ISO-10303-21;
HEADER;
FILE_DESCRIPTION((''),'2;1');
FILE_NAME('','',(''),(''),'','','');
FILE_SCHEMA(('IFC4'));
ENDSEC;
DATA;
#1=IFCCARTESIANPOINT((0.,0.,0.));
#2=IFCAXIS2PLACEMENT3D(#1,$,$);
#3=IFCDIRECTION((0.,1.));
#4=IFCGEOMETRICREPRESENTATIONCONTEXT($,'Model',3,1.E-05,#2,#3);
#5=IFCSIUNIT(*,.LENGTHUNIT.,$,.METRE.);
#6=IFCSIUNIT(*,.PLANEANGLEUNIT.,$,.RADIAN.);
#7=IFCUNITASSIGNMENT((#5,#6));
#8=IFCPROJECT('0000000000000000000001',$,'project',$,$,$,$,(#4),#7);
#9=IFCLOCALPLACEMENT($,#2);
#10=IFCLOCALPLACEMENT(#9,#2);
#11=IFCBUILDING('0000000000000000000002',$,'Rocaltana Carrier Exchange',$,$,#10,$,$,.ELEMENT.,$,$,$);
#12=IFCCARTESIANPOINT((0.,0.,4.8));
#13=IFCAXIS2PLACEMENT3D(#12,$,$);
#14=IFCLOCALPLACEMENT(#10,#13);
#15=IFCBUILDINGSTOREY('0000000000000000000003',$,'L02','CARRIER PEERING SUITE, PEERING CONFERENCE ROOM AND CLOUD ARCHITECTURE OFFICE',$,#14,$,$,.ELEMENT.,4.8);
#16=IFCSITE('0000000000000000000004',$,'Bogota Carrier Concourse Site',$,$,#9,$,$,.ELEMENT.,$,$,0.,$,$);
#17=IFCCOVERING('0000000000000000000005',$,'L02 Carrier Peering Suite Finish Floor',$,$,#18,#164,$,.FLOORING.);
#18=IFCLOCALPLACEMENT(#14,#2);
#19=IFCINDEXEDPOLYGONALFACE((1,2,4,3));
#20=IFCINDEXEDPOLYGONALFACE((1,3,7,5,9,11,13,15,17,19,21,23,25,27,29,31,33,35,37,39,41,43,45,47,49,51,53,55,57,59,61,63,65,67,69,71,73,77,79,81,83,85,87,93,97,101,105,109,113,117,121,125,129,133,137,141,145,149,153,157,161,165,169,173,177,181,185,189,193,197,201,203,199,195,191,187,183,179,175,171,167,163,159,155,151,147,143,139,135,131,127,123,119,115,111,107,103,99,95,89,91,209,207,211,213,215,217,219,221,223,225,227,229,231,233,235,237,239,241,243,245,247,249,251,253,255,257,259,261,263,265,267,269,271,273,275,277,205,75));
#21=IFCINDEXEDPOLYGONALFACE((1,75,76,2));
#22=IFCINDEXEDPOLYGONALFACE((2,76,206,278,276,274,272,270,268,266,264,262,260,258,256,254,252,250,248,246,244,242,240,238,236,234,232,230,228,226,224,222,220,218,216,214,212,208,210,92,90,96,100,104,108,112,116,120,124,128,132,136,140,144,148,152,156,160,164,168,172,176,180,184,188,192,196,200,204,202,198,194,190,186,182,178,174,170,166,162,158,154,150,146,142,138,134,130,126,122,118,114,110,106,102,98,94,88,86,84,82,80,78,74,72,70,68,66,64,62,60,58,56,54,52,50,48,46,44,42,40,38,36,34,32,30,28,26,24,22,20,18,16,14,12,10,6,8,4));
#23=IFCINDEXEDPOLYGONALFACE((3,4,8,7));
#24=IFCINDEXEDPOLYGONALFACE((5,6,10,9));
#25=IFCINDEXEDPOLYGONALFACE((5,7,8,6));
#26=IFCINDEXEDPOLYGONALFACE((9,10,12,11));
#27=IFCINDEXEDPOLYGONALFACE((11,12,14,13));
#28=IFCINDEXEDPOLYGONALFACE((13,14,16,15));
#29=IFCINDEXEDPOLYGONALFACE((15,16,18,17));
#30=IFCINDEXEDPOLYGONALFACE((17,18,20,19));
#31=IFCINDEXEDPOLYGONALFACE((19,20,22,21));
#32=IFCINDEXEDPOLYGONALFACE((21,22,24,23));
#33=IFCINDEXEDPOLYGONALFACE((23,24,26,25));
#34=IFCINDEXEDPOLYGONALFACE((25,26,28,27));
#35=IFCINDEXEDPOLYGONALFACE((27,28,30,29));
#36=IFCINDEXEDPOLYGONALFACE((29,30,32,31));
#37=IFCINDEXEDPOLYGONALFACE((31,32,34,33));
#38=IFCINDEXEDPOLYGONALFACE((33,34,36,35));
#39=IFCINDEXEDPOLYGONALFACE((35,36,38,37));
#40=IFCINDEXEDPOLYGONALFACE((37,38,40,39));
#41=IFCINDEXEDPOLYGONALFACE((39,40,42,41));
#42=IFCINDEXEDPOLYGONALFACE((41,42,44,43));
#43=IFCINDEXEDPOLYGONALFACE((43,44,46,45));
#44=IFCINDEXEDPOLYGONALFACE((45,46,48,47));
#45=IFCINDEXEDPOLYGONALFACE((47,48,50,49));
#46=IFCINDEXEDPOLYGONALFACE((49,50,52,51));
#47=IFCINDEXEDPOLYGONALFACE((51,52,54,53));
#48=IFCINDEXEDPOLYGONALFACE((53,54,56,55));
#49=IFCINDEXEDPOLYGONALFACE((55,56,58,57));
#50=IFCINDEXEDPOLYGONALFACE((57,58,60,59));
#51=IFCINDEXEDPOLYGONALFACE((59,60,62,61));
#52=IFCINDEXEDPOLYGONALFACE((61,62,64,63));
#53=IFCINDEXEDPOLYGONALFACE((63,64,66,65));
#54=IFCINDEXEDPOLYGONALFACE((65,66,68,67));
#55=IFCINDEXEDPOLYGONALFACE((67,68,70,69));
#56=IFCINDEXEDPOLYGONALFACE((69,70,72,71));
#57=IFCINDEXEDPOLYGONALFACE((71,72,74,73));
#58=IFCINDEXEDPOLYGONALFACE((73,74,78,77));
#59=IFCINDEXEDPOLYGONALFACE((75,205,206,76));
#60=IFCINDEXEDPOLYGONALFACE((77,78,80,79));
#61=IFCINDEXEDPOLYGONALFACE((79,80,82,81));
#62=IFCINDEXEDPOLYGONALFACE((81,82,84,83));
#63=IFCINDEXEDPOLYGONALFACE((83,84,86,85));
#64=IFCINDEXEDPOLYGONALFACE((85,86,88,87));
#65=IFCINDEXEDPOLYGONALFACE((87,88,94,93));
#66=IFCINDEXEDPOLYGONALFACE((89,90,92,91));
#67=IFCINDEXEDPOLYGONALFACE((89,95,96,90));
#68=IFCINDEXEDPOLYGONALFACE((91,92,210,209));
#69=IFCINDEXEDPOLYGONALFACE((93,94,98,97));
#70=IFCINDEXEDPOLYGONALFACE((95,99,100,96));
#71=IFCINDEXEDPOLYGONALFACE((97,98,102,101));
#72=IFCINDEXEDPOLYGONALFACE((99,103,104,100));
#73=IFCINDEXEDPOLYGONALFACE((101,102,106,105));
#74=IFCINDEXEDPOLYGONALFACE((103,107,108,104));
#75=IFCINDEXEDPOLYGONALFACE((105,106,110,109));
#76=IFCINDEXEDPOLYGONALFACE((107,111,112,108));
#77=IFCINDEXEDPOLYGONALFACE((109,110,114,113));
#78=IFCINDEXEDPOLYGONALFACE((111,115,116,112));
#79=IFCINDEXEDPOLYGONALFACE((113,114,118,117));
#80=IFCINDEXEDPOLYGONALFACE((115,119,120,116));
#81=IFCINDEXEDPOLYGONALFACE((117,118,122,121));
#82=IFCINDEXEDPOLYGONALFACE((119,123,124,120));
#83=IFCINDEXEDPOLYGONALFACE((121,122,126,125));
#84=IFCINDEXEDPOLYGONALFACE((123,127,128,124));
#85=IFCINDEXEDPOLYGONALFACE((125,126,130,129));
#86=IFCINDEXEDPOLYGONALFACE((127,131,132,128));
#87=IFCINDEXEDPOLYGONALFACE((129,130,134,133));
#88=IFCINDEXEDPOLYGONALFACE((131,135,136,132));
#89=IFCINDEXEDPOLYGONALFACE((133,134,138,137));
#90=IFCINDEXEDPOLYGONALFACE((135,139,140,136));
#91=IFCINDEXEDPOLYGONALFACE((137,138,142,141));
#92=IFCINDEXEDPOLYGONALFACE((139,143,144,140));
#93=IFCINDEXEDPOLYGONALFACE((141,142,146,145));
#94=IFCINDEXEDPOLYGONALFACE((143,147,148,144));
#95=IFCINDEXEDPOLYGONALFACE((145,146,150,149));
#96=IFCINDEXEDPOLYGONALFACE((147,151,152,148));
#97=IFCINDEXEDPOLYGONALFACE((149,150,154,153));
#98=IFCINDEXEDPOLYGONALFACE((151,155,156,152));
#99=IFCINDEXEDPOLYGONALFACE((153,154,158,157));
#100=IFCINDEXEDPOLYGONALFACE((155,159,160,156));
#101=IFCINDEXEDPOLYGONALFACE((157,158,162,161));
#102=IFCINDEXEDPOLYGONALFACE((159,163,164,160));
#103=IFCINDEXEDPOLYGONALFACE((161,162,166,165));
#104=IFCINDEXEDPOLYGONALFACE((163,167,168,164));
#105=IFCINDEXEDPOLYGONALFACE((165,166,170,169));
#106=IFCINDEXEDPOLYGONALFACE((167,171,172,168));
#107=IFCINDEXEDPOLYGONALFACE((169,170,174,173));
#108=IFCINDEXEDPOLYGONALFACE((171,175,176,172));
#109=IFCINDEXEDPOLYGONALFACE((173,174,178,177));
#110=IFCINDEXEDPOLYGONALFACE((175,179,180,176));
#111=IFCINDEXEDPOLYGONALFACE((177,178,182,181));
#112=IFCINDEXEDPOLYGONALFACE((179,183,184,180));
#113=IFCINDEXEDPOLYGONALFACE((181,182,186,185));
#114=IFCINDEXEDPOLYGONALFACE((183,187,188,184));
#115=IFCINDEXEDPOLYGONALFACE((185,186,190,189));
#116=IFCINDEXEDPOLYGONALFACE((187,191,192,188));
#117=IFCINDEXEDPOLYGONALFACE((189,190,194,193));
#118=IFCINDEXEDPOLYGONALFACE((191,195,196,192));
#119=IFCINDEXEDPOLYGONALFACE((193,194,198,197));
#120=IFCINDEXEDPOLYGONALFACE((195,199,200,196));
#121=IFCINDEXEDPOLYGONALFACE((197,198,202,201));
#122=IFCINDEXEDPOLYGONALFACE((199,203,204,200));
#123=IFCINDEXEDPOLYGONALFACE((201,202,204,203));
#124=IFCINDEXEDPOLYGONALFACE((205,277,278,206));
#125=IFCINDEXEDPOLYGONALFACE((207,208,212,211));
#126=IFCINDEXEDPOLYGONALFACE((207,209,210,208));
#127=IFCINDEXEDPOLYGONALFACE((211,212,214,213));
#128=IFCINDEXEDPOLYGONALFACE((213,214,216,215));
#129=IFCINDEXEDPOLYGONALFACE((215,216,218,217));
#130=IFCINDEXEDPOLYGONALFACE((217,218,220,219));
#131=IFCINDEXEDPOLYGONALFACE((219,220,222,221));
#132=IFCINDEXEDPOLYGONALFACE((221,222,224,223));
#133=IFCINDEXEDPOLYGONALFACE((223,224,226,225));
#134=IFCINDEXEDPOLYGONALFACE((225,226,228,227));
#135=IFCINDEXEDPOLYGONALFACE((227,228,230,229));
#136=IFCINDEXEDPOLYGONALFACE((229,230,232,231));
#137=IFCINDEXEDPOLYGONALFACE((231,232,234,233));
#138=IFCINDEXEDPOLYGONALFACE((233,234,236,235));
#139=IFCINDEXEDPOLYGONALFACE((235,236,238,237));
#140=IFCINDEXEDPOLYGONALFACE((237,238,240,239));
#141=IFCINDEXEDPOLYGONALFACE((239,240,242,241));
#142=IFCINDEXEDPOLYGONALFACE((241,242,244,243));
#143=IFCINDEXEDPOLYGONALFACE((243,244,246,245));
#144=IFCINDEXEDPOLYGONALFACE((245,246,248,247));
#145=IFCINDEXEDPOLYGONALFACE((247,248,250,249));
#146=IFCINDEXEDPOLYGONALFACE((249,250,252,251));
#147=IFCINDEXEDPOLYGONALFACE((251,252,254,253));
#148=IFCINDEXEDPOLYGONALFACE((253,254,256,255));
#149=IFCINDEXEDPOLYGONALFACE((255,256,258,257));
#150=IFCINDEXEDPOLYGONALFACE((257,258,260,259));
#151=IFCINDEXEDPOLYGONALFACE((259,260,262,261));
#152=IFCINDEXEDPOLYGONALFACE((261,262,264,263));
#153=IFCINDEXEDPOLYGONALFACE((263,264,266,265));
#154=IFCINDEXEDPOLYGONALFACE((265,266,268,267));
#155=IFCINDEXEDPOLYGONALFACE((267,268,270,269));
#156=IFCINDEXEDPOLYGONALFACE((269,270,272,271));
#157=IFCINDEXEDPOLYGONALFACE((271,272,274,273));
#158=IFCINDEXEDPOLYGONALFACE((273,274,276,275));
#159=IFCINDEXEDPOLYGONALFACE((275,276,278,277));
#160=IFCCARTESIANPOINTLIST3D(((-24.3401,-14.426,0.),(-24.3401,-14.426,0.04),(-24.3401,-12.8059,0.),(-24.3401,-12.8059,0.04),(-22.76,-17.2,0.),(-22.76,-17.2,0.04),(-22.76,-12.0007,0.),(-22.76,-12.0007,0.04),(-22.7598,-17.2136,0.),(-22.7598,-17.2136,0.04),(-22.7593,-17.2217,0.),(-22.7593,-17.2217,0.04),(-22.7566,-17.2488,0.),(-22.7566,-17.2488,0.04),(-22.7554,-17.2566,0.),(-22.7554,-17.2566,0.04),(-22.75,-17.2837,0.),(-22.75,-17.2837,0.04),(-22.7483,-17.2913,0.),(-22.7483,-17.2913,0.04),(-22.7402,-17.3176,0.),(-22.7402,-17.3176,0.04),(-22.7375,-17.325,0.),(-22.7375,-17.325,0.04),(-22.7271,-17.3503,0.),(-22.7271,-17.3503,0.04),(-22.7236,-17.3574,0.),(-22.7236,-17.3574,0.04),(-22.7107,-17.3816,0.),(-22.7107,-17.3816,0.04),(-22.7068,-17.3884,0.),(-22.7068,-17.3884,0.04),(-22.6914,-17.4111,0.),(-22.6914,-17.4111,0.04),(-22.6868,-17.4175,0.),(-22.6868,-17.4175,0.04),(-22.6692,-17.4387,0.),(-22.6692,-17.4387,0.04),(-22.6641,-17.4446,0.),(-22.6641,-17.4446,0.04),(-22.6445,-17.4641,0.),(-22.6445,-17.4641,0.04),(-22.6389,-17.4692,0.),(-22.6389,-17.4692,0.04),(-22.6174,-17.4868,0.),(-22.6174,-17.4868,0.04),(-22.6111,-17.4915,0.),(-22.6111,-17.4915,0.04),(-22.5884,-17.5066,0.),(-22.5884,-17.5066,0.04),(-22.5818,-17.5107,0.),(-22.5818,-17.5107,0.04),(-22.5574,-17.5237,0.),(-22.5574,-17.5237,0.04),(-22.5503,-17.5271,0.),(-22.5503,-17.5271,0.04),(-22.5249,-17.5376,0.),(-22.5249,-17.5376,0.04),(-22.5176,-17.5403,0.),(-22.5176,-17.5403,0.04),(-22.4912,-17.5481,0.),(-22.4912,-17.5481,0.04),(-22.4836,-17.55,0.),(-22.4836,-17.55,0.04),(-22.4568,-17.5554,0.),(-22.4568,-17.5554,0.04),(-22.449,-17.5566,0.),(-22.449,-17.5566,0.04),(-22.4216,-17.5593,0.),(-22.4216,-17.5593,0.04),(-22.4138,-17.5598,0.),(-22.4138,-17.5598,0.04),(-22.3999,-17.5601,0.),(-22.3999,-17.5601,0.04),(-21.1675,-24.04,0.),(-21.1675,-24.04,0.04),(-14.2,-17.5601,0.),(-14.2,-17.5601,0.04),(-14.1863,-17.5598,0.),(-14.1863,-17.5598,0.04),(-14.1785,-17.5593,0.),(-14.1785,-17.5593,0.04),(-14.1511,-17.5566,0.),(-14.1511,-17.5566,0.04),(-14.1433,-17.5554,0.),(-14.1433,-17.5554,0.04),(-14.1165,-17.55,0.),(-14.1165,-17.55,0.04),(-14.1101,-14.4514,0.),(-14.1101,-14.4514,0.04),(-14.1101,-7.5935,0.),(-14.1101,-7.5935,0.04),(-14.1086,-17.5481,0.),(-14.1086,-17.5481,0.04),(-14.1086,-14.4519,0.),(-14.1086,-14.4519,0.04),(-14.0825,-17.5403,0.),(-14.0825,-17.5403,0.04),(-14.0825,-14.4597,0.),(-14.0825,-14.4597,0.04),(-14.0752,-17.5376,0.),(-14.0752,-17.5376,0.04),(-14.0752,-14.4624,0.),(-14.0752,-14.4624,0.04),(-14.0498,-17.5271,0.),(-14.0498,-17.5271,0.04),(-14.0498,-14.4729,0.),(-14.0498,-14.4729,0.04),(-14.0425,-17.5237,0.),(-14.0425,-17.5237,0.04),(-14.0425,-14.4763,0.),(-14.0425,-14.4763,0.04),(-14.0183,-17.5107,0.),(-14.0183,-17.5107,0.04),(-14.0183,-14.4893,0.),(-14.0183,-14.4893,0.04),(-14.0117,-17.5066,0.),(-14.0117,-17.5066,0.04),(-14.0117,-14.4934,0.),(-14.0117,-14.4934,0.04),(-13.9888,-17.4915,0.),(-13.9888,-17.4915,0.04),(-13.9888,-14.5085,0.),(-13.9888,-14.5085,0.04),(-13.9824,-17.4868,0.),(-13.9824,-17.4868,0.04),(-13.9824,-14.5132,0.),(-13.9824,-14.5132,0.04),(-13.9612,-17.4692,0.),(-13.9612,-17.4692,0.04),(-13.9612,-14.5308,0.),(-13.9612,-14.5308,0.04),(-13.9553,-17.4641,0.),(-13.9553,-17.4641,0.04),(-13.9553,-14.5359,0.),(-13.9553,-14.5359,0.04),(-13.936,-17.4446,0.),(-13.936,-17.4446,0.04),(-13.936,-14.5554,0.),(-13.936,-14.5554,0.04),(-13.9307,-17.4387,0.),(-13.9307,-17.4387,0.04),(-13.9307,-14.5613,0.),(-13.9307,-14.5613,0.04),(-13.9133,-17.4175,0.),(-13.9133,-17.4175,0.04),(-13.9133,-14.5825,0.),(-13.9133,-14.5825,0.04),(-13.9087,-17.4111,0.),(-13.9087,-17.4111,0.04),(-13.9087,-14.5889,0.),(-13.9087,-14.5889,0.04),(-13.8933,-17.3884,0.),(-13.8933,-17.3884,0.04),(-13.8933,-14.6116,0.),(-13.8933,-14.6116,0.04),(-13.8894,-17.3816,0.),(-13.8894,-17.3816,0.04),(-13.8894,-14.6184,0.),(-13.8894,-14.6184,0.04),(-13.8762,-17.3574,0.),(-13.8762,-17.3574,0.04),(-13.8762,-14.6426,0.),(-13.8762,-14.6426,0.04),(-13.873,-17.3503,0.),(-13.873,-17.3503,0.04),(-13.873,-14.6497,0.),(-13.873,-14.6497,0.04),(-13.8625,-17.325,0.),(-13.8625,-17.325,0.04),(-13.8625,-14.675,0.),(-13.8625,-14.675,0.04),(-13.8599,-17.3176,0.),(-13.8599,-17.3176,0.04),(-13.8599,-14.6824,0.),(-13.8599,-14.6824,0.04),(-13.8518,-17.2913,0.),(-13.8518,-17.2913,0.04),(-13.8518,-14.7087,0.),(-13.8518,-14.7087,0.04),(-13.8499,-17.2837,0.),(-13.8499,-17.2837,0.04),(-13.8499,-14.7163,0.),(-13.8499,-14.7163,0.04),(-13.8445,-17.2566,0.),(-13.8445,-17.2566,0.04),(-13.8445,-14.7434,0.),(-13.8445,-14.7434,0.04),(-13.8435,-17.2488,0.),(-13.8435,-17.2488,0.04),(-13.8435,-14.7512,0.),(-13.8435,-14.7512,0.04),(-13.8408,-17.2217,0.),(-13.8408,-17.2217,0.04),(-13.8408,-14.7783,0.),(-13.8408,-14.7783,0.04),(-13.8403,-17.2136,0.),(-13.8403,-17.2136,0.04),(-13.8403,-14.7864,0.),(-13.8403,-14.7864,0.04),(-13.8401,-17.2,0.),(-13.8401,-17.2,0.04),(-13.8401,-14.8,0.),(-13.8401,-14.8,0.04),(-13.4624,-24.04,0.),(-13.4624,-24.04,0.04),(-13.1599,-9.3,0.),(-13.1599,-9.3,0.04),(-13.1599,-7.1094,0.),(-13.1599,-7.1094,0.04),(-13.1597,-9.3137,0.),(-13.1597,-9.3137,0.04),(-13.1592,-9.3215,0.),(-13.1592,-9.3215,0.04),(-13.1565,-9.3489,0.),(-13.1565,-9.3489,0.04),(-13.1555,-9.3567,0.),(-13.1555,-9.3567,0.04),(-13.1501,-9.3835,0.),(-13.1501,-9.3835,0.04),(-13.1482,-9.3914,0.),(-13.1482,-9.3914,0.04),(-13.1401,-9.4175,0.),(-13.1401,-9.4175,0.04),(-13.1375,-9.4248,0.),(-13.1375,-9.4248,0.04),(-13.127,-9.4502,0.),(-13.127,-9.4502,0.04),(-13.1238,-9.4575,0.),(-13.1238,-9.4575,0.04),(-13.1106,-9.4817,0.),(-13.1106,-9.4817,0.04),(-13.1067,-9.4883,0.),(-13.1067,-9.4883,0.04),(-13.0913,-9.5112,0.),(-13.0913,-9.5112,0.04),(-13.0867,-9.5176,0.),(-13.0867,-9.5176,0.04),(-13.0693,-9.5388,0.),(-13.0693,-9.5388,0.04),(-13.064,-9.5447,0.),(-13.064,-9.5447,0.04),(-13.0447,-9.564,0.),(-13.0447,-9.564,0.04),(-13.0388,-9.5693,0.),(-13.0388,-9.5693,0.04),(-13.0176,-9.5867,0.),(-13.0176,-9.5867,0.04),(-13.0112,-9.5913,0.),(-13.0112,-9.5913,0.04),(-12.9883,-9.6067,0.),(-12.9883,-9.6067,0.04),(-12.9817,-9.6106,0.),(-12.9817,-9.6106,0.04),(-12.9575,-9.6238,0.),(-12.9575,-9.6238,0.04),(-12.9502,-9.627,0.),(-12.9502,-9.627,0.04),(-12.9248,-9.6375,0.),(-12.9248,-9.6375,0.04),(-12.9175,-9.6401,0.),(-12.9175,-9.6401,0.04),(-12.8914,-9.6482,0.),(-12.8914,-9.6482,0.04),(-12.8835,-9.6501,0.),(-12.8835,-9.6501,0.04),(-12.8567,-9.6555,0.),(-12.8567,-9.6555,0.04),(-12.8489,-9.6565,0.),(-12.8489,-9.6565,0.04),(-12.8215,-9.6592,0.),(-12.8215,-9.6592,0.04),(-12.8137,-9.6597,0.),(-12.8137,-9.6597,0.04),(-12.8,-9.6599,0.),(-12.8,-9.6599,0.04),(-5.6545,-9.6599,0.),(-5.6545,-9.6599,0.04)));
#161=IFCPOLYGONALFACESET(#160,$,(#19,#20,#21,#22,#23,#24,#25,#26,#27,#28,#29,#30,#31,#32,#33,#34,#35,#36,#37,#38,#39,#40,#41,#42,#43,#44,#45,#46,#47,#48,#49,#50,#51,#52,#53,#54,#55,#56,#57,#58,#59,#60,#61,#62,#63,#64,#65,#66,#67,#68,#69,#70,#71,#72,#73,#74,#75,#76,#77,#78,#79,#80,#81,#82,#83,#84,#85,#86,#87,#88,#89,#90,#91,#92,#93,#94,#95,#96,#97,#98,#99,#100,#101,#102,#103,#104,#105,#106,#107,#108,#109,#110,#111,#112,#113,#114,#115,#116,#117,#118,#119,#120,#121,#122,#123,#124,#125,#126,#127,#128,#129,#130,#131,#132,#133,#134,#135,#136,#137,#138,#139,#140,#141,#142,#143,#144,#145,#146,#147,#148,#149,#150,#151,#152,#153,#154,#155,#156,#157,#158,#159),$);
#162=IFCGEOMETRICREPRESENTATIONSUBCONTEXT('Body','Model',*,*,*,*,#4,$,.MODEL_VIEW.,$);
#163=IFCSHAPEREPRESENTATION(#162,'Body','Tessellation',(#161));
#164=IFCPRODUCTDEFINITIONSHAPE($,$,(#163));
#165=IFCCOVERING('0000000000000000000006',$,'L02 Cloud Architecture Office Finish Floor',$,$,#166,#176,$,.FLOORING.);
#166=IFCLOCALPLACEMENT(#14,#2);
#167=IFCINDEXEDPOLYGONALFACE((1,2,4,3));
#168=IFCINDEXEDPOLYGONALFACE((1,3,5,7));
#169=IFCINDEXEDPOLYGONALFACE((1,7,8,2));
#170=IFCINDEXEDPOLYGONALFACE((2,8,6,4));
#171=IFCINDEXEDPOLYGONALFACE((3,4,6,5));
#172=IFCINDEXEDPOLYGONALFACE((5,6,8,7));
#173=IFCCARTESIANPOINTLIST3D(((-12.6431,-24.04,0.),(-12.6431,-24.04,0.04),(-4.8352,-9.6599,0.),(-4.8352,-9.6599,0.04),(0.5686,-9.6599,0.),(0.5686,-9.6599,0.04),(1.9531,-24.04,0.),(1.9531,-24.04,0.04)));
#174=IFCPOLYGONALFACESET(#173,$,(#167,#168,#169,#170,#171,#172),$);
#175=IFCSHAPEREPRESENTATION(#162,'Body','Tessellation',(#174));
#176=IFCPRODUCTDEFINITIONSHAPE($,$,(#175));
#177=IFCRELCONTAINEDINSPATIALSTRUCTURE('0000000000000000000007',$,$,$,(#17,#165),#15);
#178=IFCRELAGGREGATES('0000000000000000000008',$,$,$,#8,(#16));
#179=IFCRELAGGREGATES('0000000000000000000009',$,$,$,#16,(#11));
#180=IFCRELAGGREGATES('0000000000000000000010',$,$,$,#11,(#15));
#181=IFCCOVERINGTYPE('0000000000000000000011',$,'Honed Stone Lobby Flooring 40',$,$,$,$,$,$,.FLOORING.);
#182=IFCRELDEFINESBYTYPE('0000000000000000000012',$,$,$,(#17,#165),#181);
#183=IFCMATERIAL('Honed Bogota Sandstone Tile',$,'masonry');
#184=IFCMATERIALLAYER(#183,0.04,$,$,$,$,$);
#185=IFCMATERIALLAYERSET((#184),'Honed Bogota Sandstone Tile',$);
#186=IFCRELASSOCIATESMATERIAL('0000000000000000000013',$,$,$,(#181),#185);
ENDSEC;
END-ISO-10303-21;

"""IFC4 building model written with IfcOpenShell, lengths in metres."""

from ifc_helpers import new_model, si_unit, direction, frame, origin, place, context, subcontext, project, spatial, polyline, outline, extrude, material, layer, layer_set, type_object, element, save


model = new_model("IFC4")

# Units and contexts
model_context = context("Model", 3, precision=1e-05, world=origin(), true_north=direction((0.0, 1.0)))
body_context = subcontext(model_context, "Body", "Model", "MODEL_VIEW")
ifc_project = project(units=[si_unit("LENGTHUNIT", "METRE"), si_unit("PLANEANGLEUNIT", "RADIAN")], contexts=[model_context])

# Site, building, storey
site_placement = place(None, origin())
site = spatial("IfcSite", under=ifc_project, at=site_placement, Name="Bogota Carrier Concourse Site", CompositionType="ELEMENT", RefElevation=0.0)
building_placement = place(site_placement, origin())
building = spatial("IfcBuilding", under=site, at=building_placement, Name="Rocaltana Carrier Exchange", CompositionType="ELEMENT")
storey_placement = place(building_placement, frame((0.0, 0.0, 4.8)))
storey = spatial("IfcBuildingStorey", under=building, at=storey_placement, Name="L02", Description="CARRIER PEERING SUITE, PEERING CONFERENCE ROOM AND CLOUD ARCHITECTURE OFFICE", CompositionType="ELEMENT", Elevation=4.8)

# Coverings
ifc_material_1 = material(Name="Honed Bogota Sandstone Tile", Category="masonry")
ifc_layer_1 = layer(ifc_material_1, 0.04)
ifc_layer_set_1 = layer_set([ifc_layer_1], Name="Honed Bogota Sandstone Tile")
covering_type_1 = type_object("IfcCoveringType", Name="Honed Stone Lobby Flooring 40", PredefinedType="FLOORING", material=ifc_layer_set_1)
covering_1_placement = place(storey_placement, origin())
element("IfcCovering", 1, at=covering_1_placement, inside=storey, type_object=covering_type_1, Name="L02 Carrier Peering Suite Finish Floor", PredefinedType="FLOORING", context=body_context, shape_type="SweptSolid", body=[
    extrude(outline(polyline([(-24.3401, -12.8059), (-22.76, -12.0007), (-22.76, -17.2), (-22.7598, -17.2136), (-22.7593, -17.2217), (-22.7566, -17.2488), (-22.7554, -17.2566), (-22.75, -17.2837), (-22.7483, -17.2913), (-22.7402, -17.3176), (-22.7375, -17.325), (-22.7271, -17.3503), (-22.7236, -17.3574), (-22.7107, -17.3816), (-22.7068, -17.3884), (-22.6914, -17.4111), (-22.6868, -17.4175), (-22.6692, -17.4387), (-22.6641, -17.4446), (-22.6445, -17.4641), (-22.6389, -17.4692), (-22.6174, -17.4868), (-22.6111, -17.4915), (-22.5884, -17.5066), (-22.5818, -17.5107), (-22.5574, -17.5237), (-22.5503, -17.5271), (-22.5249, -17.5376), (-22.5176, -17.5403), (-22.4912, -17.5481), (-22.4836, -17.55), (-22.4568, -17.5554), (-22.449, -17.5566), (-22.4216, -17.5593), (-22.4138, -17.5598), (-22.3999, -17.5601), (-14.2, -17.5601), (-14.1863, -17.5598), (-14.1785, -17.5593), (-14.1511, -17.5566), (-14.1433, -17.5554), (-14.1165, -17.55), (-14.1086, -17.5481), (-14.0825, -17.5403), (-14.0752, -17.5376), (-14.0498, -17.5271), (-14.0425, -17.5237), (-14.0183, -17.5107), (-14.0117, -17.5066), (-13.9888, -17.4915), (-13.9824, -17.4868), (-13.9612, -17.4692), (-13.9553, -17.4641), (-13.936, -17.4446), (-13.9307, -17.4387), (-13.9133, -17.4175), (-13.9087, -17.4111), (-13.8933, -17.3884), (-13.8894, -17.3816), (-13.8762, -17.3574), (-13.873, -17.3503), (-13.8625, -17.325), (-13.8599, -17.3176), (-13.8518, -17.2913), (-13.8499, -17.2837), (-13.8445, -17.2566), (-13.8435, -17.2488), (-13.8408, -17.2217), (-13.8403, -17.2136), (-13.8401, -17.2), (-13.8401, -14.8), (-13.8403, -14.7864), (-13.8408, -14.7783), (-13.8435, -14.7512), (-13.8445, -14.7434), (-13.8499, -14.7163), (-13.8518, -14.7087), (-13.8599, -14.6824), (-13.8625, -14.675), (-13.873, -14.6497), (-13.8762, -14.6426), (-13.8894, -14.6184), (-13.8933, -14.6116), (-13.9087, -14.5889), (-13.9133, -14.5825), (-13.9307, -14.5613), (-13.936, -14.5554), (-13.9553, -14.5359), (-13.9612, -14.5308), (-13.9824, -14.5132), (-13.9888, -14.5085), (-14.0117, -14.4934), (-14.0183, -14.4893), (-14.0425, -14.4763), (-14.0498, -14.4729), (-14.0752, -14.4624), (-14.0825, -14.4597), (-14.1086, -14.4519), (-14.1101, -14.4514), (-14.1101, -7.5935), (-13.1599, -7.1094), (-13.1599, -9.3), (-13.1597, -9.3137), (-13.1592, -9.3215), (-13.1565, -9.3489), (-13.1555, -9.3567), (-13.1501, -9.3835), (-13.1482, -9.3914), (-13.1401, -9.4175), (-13.1375, -9.4248), (-13.127, -9.4502), (-13.1238, -9.4575), (-13.1106, -9.4817), (-13.1067, -9.4883), (-13.0913, -9.5112), (-13.0867, -9.5176), (-13.0693, -9.5388), (-13.064, -9.5447), (-13.0447, -9.564), (-13.0388, -9.5693), (-13.0176, -9.5867), (-13.0112, -9.5913), (-12.9883, -9.6067), (-12.9817, -9.6106), (-12.9575, -9.6238), (-12.9502, -9.627), (-12.9248, -9.6375), (-12.9175, -9.6401), (-12.8914, -9.6482), (-12.8835, -9.6501), (-12.8567, -9.6555), (-12.8489, -9.6565), (-12.8215, -9.6592), (-12.8137, -9.6597), (-12.8, -9.6599), (-5.6545, -9.6599), (-13.4624, -24.04), (-21.1675, -24.04), (-24.3401, -14.426), (-24.3401, -12.8059)])), origin(), (0.0, 0.0, 1.0), 0.04),
])
covering_2_placement = place(storey_placement, origin())
element("IfcCovering", 2, at=covering_2_placement, inside=storey, type_object=covering_type_1, Name="L02 Cloud Architecture Office Finish Floor", PredefinedType="FLOORING", context=body_context, shape_type="SweptSolid", body=[
    extrude(outline(polyline([(-12.6431, -24.04), (-4.8352, -9.6599), (0.5686, -9.6599), (1.9531, -24.04), (-12.6431, -24.04)])), origin(), (0.0, 0.0, 1.0), 0.04),
])

save(model, "model.ifc")
